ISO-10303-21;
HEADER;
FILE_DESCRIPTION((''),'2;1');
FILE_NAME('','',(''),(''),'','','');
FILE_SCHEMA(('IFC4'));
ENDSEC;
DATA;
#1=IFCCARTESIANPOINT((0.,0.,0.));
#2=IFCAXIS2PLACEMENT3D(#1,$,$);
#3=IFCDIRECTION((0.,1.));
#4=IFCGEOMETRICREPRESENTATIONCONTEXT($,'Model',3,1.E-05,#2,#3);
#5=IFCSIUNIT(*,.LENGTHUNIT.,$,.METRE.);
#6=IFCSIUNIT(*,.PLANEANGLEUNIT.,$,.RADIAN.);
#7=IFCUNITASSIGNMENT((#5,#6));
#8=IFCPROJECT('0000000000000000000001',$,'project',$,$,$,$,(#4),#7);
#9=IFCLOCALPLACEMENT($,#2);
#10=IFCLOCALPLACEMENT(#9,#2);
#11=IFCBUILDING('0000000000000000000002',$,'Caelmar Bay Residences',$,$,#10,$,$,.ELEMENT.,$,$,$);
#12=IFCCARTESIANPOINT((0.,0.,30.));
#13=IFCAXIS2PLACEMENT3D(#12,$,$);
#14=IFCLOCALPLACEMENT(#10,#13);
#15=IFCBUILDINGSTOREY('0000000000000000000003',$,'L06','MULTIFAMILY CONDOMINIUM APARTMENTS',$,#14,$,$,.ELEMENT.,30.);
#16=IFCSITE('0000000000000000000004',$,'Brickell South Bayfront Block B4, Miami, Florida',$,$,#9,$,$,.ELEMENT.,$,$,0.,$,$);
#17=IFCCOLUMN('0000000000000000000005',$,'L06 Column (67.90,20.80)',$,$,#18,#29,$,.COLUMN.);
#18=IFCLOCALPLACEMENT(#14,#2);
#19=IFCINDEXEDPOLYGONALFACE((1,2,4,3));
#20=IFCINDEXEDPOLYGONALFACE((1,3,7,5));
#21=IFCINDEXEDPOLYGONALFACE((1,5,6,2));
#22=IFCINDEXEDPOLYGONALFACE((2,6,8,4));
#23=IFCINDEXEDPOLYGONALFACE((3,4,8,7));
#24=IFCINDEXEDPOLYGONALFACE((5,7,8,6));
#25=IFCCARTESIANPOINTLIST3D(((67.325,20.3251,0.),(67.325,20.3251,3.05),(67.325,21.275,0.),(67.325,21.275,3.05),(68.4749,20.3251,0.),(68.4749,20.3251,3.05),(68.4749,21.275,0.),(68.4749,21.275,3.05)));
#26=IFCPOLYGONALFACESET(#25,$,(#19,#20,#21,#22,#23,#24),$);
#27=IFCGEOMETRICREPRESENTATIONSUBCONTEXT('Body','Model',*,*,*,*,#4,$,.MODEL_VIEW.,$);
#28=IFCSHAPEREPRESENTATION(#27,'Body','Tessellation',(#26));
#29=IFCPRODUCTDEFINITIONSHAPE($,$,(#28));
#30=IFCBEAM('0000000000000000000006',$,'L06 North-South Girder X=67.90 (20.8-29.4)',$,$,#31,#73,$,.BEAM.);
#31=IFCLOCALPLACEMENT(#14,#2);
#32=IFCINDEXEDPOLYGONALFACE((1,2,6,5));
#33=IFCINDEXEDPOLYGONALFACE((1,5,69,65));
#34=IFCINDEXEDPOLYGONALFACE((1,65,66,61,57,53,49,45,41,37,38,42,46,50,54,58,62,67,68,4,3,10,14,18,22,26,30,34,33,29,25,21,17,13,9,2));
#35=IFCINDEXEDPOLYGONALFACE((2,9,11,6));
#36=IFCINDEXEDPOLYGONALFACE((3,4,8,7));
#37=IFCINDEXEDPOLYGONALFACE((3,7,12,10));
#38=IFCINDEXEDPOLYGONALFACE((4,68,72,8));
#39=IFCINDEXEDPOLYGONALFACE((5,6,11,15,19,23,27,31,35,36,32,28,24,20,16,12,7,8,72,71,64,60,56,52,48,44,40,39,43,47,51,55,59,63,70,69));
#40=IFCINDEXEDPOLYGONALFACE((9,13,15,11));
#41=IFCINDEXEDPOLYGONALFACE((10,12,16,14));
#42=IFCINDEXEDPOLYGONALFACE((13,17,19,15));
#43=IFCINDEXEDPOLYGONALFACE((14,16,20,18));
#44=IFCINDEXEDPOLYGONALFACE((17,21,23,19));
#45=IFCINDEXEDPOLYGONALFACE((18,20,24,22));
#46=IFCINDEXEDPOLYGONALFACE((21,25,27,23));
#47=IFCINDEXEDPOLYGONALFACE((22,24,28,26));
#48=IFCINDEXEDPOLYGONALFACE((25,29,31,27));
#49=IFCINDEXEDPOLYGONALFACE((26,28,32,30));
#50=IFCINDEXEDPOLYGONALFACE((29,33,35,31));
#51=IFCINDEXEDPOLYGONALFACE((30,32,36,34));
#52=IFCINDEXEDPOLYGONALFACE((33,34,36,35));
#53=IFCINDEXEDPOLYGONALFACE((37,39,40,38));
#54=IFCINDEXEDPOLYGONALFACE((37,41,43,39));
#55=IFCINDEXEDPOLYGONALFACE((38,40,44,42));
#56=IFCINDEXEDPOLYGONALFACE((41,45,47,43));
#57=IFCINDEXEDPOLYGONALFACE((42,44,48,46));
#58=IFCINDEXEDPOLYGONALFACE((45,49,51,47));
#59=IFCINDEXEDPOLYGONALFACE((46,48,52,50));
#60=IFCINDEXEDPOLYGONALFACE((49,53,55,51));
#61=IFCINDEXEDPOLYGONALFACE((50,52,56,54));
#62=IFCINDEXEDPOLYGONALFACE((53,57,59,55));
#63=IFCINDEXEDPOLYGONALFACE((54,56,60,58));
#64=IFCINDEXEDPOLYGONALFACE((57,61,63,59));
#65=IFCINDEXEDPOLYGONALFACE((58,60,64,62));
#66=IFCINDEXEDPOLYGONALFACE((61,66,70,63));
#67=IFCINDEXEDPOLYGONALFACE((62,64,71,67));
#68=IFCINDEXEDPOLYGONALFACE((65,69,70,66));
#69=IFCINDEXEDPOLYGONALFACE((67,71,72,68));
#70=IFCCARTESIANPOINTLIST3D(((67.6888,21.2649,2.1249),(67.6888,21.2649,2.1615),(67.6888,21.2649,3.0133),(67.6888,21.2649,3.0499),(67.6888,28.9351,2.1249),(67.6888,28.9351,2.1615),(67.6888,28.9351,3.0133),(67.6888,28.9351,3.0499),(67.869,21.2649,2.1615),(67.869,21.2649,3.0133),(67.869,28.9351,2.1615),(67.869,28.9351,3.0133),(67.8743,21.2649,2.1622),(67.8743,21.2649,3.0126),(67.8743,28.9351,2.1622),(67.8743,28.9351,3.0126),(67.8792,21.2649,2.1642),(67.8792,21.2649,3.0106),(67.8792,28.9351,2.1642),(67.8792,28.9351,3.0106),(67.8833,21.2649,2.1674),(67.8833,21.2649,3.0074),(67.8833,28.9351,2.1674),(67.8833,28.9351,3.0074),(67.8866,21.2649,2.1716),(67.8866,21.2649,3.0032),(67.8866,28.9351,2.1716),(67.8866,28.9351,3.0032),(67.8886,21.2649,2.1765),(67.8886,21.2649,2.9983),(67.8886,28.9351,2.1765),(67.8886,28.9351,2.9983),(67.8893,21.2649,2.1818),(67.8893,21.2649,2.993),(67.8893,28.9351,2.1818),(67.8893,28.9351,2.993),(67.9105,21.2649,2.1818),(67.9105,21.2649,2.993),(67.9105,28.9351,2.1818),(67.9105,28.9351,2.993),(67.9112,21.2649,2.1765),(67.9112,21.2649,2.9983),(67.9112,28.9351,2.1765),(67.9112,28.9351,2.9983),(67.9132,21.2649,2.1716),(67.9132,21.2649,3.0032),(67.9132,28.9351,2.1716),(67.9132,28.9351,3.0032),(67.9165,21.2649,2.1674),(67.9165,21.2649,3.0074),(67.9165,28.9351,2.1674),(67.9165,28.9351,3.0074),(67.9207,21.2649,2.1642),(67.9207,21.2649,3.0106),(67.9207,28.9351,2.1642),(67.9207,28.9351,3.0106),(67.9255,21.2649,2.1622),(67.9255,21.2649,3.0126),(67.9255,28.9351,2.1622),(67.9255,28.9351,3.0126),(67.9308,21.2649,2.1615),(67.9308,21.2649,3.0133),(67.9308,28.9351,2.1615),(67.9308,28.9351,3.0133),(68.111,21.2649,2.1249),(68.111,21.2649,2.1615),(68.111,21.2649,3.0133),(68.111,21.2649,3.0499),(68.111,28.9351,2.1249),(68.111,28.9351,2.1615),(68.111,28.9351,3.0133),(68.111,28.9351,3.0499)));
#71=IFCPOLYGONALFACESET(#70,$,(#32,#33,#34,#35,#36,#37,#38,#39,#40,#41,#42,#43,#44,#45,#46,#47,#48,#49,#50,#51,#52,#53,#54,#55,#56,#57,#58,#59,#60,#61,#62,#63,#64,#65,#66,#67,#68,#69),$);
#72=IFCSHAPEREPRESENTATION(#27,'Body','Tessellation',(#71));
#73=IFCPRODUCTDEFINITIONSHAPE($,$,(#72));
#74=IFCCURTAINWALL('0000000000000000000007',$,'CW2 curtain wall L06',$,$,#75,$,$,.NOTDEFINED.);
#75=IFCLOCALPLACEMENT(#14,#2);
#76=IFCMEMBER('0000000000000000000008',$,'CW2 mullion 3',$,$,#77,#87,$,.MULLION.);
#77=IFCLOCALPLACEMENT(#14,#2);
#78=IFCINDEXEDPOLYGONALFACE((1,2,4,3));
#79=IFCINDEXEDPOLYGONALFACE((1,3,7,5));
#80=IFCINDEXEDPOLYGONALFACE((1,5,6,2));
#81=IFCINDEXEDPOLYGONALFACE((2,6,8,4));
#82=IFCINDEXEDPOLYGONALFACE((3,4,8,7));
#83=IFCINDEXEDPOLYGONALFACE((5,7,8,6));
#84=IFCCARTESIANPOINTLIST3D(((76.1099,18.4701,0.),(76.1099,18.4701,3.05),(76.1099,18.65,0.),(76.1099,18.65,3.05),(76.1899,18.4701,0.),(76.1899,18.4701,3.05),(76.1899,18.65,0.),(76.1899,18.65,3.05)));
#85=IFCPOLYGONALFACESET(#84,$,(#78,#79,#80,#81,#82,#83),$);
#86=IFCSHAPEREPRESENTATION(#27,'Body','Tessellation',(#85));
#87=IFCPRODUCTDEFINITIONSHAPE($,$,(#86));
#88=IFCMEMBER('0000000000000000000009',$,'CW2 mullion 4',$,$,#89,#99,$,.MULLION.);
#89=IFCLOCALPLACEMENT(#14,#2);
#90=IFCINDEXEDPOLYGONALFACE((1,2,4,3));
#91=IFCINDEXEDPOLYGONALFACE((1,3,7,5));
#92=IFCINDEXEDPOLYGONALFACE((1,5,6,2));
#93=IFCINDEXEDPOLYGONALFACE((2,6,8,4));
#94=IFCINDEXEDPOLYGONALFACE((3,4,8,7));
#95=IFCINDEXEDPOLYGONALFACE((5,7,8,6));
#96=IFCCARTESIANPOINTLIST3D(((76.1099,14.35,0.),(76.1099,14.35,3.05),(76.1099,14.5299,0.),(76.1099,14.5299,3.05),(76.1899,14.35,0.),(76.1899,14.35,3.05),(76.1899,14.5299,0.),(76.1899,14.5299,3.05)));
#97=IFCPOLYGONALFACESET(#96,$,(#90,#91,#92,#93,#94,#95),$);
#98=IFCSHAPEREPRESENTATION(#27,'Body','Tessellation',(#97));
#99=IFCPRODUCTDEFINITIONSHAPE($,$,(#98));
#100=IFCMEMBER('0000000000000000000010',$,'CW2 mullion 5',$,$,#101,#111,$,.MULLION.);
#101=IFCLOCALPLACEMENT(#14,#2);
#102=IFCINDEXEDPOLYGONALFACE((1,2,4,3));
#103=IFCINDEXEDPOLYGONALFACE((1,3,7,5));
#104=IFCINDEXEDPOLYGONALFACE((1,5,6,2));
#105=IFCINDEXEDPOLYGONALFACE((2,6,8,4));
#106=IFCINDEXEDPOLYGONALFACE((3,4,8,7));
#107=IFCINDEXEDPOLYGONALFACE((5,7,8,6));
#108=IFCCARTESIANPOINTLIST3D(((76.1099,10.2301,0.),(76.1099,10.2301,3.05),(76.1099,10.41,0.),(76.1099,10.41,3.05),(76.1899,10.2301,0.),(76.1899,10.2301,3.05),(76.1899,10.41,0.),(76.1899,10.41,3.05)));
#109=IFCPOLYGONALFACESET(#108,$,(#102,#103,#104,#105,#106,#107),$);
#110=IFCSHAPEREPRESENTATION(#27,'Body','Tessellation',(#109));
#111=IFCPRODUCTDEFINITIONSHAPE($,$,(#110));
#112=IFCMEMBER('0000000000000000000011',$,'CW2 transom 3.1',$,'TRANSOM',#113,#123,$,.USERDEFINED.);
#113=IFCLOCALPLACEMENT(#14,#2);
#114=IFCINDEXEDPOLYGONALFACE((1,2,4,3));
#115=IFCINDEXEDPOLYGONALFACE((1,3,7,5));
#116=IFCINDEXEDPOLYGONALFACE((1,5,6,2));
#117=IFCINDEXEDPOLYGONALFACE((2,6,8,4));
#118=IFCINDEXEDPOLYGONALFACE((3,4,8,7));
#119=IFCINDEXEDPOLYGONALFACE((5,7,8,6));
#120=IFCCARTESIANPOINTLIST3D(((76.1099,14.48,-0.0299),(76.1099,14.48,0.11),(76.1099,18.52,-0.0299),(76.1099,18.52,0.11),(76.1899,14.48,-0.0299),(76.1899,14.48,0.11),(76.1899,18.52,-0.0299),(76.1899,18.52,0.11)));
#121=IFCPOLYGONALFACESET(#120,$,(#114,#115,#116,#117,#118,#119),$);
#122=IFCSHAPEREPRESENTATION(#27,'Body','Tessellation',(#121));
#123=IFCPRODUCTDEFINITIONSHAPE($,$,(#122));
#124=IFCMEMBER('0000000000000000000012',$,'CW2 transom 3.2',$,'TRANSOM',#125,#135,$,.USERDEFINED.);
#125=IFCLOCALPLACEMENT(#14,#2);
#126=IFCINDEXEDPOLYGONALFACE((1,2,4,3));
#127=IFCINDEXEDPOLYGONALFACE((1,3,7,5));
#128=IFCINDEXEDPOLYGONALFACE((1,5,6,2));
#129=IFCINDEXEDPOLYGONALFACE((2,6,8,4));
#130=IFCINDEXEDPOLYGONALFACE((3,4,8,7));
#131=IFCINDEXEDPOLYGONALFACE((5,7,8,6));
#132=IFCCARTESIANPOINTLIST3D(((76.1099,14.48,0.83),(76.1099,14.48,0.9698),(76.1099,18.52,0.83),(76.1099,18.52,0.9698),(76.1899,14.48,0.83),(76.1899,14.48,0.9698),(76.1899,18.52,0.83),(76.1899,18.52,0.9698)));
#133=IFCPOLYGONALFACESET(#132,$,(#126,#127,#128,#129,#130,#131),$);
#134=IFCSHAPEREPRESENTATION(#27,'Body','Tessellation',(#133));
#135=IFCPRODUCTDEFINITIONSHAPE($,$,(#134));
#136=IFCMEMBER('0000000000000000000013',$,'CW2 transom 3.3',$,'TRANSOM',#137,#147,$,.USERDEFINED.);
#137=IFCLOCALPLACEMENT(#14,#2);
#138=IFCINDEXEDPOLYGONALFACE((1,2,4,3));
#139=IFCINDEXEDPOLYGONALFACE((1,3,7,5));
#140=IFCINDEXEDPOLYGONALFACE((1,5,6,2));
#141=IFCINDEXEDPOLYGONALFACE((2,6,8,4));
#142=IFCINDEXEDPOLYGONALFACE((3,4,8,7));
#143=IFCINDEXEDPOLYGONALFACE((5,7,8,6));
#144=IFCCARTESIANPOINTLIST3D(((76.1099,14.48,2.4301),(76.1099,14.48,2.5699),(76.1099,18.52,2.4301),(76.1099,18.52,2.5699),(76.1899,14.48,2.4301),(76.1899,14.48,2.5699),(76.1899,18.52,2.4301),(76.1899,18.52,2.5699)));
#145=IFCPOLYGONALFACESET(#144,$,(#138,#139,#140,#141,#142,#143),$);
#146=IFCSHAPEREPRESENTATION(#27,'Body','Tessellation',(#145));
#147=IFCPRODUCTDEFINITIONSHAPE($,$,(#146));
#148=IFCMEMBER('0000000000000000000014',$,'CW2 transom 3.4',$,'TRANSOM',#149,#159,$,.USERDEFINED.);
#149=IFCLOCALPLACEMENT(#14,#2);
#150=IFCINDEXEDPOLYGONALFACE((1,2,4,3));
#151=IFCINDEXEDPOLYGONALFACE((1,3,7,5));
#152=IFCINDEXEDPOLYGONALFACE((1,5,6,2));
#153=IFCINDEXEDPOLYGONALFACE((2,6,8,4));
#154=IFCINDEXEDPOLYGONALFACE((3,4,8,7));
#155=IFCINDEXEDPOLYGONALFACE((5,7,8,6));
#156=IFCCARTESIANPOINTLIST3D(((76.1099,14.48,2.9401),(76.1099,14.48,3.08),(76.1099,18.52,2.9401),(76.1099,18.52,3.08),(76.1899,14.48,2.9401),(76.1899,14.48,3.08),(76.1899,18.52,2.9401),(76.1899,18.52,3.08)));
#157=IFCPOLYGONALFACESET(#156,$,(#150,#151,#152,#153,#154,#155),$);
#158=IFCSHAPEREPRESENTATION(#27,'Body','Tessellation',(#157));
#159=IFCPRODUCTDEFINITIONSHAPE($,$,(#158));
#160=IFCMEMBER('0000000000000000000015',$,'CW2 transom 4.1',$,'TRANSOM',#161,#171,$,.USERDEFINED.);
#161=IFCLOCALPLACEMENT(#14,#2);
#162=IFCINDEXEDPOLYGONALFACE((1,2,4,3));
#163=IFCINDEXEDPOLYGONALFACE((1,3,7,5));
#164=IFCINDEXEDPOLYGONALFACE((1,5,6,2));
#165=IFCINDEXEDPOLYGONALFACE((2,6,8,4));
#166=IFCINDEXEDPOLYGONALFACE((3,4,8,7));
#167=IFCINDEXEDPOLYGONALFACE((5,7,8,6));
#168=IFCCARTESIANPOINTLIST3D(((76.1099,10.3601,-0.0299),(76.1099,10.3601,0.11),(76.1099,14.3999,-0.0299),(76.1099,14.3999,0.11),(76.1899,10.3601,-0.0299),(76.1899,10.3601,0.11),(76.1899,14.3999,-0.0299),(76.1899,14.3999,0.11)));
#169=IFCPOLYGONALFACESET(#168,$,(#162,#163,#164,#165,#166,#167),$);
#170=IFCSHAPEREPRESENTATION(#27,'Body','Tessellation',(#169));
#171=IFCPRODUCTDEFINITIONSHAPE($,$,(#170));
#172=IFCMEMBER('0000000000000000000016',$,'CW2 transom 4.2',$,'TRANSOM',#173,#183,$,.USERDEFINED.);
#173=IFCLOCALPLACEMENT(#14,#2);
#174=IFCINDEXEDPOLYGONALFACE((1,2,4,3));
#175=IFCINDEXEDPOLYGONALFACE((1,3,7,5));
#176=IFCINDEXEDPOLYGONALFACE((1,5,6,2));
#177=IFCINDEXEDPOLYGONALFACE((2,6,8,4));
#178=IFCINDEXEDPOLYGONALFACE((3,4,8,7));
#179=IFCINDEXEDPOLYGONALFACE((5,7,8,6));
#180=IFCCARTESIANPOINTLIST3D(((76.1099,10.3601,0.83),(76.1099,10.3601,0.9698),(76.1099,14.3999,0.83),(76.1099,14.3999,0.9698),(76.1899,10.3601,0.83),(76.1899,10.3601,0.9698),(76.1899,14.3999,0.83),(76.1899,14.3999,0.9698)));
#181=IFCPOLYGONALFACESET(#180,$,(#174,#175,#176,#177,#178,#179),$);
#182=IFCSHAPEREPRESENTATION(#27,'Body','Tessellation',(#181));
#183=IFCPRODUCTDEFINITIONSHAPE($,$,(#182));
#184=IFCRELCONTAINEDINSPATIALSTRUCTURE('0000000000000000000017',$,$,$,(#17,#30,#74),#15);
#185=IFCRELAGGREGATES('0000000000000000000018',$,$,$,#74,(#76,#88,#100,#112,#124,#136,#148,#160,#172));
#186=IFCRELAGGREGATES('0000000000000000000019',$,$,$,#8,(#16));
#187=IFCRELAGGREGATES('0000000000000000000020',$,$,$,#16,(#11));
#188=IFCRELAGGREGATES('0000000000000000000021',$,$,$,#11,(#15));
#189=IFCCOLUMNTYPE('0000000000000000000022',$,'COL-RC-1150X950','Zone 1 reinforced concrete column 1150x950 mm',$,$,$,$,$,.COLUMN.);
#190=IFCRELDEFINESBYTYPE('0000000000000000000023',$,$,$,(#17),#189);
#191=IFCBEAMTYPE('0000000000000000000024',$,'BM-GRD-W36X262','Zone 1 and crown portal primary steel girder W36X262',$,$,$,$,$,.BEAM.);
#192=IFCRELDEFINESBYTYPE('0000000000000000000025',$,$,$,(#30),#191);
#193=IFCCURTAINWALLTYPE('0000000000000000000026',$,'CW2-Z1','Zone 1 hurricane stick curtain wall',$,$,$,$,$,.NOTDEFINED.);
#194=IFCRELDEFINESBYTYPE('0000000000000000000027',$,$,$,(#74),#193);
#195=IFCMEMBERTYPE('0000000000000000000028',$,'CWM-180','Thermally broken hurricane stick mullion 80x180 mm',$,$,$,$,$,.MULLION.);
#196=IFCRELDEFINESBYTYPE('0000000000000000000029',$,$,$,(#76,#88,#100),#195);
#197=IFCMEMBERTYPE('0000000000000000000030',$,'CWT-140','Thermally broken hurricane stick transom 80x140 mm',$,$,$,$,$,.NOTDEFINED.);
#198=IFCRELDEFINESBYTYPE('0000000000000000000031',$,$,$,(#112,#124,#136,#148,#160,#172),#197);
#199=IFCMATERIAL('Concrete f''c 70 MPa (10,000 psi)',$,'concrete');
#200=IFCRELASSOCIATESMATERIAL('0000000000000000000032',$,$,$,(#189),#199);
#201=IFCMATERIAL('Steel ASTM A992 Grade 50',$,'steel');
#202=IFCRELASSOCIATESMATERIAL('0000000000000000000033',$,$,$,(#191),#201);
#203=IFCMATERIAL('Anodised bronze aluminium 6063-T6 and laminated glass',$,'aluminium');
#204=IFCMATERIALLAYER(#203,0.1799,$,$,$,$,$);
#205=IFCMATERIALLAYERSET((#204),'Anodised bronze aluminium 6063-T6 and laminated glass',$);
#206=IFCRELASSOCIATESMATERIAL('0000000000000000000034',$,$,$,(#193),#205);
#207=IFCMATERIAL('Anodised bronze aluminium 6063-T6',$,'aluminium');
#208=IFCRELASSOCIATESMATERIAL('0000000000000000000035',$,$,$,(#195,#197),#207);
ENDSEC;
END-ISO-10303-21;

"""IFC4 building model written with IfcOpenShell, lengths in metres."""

from ifc_helpers import new_model, si_unit, direction, frame, origin, origin_2d, place, context, subcontext, project, spatial, rectangle, i_section, extrude, material, layer, layer_set, material_profile, profile_set, type_object, element, aggregate, save


model = new_model("IFC4")

# Units and contexts
model_context = context("Model", 3, precision=1e-05, world=origin(), true_north=direction((0.0, 1.0)))
body_context = subcontext(model_context, "Body", "Model", "MODEL_VIEW")
ifc_project = project(units=[si_unit("LENGTHUNIT", "METRE"), si_unit("PLANEANGLEUNIT", "RADIAN")], contexts=[model_context])

# Site, building, storey
site_placement = place(None, origin())
site = spatial("IfcSite", under=ifc_project, at=site_placement, Name="Brickell South Bayfront Block B4, Miami, Florida", CompositionType="ELEMENT", RefElevation=0.0)
building_placement = place(site_placement, origin())
building = spatial("IfcBuilding", under=site, at=building_placement, Name="Caelmar Bay Residences", CompositionType="ELEMENT")
storey_placement = place(building_placement, frame((0.0, 0.0, 30.0)))
storey = spatial("IfcBuildingStorey", under=building, at=storey_placement, Name="L06", Description="MULTIFAMILY CONDOMINIUM APARTMENTS", CompositionType="ELEMENT", Elevation=30.0)

# Column
ifc_material_1 = material(Name="Concrete f'c 70 MPa (10,000 psi)", Category="concrete")
ifc_material_profile_1 = material_profile(ifc_material_1, rectangle(XDim=1.1499, YDim=0.95, at=origin_2d()), Name="RC-COL-1150X950")
ifc_profile_set_1 = profile_set([ifc_material_profile_1], Name="Concrete f'c 70 MPa (10,000 psi)")
column_type = type_object("IfcColumnType", Name="COL-RC-1150X950", Description="Zone 1 reinforced concrete column 1150x950 mm", PredefinedType="COLUMN", material=ifc_profile_set_1)
column_placement = place(storey_placement, frame((67.8999, 20.8, 0.0), z_axis=(0.0, 0.0, 1.0), x_axis=(1.0, 0.0, 0.0)))
element("IfcColumn", 1, at=column_placement, inside=storey, type_object=column_type, Name="L06 Column (67.90,20.80)", PredefinedType="COLUMN", context=body_context, shape_type="SweptSolid", body=[
    extrude(rectangle(XDim=1.1499, YDim=0.95, at=origin_2d()), origin(), (0.0, 0.0, 1.0), 3.05),
])

# Beam
ifc_material_2 = material(Name="Steel ASTM A992 Grade 50", Category="steel")
ifc_material_profile_2 = material_profile(ifc_material_2, i_section(OverallWidth=0.4221, OverallDepth=0.925, WebThickness=0.0212, FlangeThickness=0.0366, FilletRadius=0.0203, at=origin_2d()), Name="W36X262")
ifc_profile_set_2 = profile_set([ifc_material_profile_2], Name="Steel ASTM A992 Grade 50")
beam_type = type_object("IfcBeamType", Name="BM-GRD-W36X262", Description="Zone 1 and crown portal primary steel girder W36X262", PredefinedType="BEAM", material=ifc_profile_set_2)
beam_placement = place(storey_placement, frame((67.8999, 21.2649, 2.5874), z_axis=(0.0, 1.0, 0.0), x_axis=(-1.0, 0.0, 0.0)))
element("IfcBeam", 2, at=beam_placement, inside=storey, type_object=beam_type, Name="L06 North-South Girder X=67.90 (20.8-29.4)", PredefinedType="BEAM", context=body_context, shape_type="SweptSolid", body=[
    extrude(i_section(OverallWidth=0.4221, OverallDepth=0.925, WebThickness=0.0212, FlangeThickness=0.0366, FilletRadius=0.0203, at=origin_2d()), origin(), (0.0, 0.0, 1.0), 7.6702),
])

# Curtain wall, members
ifc_material_3 = material(Name="Anodised bronze aluminium 6063-T6 and laminated glass", Category="aluminium")
ifc_layer_1 = layer(ifc_material_3, 0.1799)
ifc_layer_set_1 = layer_set([ifc_layer_1], Name="Anodised bronze aluminium 6063-T6 and laminated glass")
curtain_wall_type = type_object("IfcCurtainWallType", Name="CW2-Z1", Description="Zone 1 hurricane stick curtain wall", PredefinedType="NOTDEFINED", material=ifc_layer_set_1)
curtain_wall_placement = place(storey_placement, origin())
curtain_wall = element("IfcCurtainWall", 3, at=curtain_wall_placement, inside=storey, type_object=curtain_wall_type, Name="CW2 curtain wall L06", PredefinedType="NOTDEFINED")
ifc_material_4 = material(Name="Anodised bronze aluminium 6063-T6", Category="aluminium")
ifc_material_profile_3 = material_profile(ifc_material_4, rectangle(XDim=0.0801, YDim=0.1799, at=origin_2d()), Name="CWM-80X180")
ifc_profile_set_3 = profile_set([ifc_material_profile_3], Name="Anodised bronze aluminium 6063-T6")
member_type_1 = type_object("IfcMemberType", Name="CWM-180", Description="Thermally broken hurricane stick mullion 80x180 mm", PredefinedType="MULLION", material=ifc_profile_set_3)
member_1_placement = place(storey_placement, frame((76.1499, 18.5601, 0.0), z_axis=(0.0, 0.0, 1.0), x_axis=(1.0, 0.0, 0.0)))
member_1 = element("IfcMember", 4, at=member_1_placement, type_object=member_type_1, Name="CW2 mullion 3", PredefinedType="MULLION", context=body_context, shape_type="SweptSolid", body=[
    extrude(rectangle(XDim=0.0801, YDim=0.1799, at=origin_2d()), origin(), (0.0, 0.0, 1.0), 3.05),
])
member_2_placement = place(storey_placement, frame((76.1499, 14.4399, 0.0), z_axis=(0.0, 0.0, 1.0), x_axis=(1.0, 0.0, 0.0)))
member_2 = element("IfcMember", 5, at=member_2_placement, type_object=member_type_1, Name="CW2 mullion 4", PredefinedType="MULLION", context=body_context, shape_type="SweptSolid", body=[
    extrude(rectangle(XDim=0.0801, YDim=0.1799, at=origin_2d()), origin(), (0.0, 0.0, 1.0), 3.05),
])
member_3_placement = place(storey_placement, frame((76.1499, 10.3201, 0.0), z_axis=(0.0, 0.0, 1.0), x_axis=(1.0, 0.0, 0.0)))
member_3 = element("IfcMember", 6, at=member_3_placement, type_object=member_type_1, Name="CW2 mullion 5", PredefinedType="MULLION", context=body_context, shape_type="SweptSolid", body=[
    extrude(rectangle(XDim=0.0801, YDim=0.1799, at=origin_2d()), origin(), (0.0, 0.0, 1.0), 3.05),
])
ifc_material_profile_4 = material_profile(ifc_material_4, rectangle(XDim=0.0801, YDim=0.1399, at=origin_2d()), Name="CWT-80X140")
ifc_profile_set_4 = profile_set([ifc_material_profile_4], Name="Anodised bronze aluminium 6063-T6")
member_type_2 = type_object("IfcMemberType", Name="CWT-140", Description="Thermally broken hurricane stick transom 80x140 mm", PredefinedType="NOTDEFINED", material=ifc_profile_set_4)
member_4_placement = place(storey_placement, frame((76.1499, 18.52, 0.04), z_axis=(0.0, -1.0, 0.0), x_axis=(1.0, 0.0, 0.0)))
member_4 = element("IfcMember", 7, at=member_4_placement, type_object=member_type_2, Name="CW2 transom 3.1", ObjectType="TRANSOM", PredefinedType="USERDEFINED", context=body_context, shape_type="SweptSolid", body=[
    extrude(rectangle(XDim=0.0801, YDim=0.1399, at=origin_2d()), origin(), (0.0, 0.0, 1.0), 4.04),
])
member_5_placement = place(storey_placement, frame((76.1499, 18.52, 0.8999), z_axis=(0.0, -1.0, 0.0), x_axis=(1.0, 0.0, 0.0)))
member_5 = element("IfcMember", 8, at=member_5_placement, type_object=member_type_2, Name="CW2 transom 3.2", ObjectType="TRANSOM", PredefinedType="USERDEFINED", context=body_context, shape_type="SweptSolid", body=[
    extrude(rectangle(XDim=0.0801, YDim=0.1399, at=origin_2d()), origin(), (0.0, 0.0, 1.0), 4.04),
])
member_6_placement = place(storey_placement, frame((76.1499, 18.52, 2.5), z_axis=(0.0, -1.0, 0.0), x_axis=(1.0, 0.0, 0.0)))
member_6 = element("IfcMember", 9, at=member_6_placement, type_object=member_type_2, Name="CW2 transom 3.3", ObjectType="TRANSOM", PredefinedType="USERDEFINED", context=body_context, shape_type="SweptSolid", body=[
    extrude(rectangle(XDim=0.0801, YDim=0.1399, at=origin_2d()), origin(), (0.0, 0.0, 1.0), 4.04),
])
member_7_placement = place(storey_placement, frame((76.1499, 18.52, 3.01), z_axis=(0.0, -1.0, 0.0), x_axis=(1.0, 0.0, 0.0)))
member_7 = element("IfcMember", 10, at=member_7_placement, type_object=member_type_2, Name="CW2 transom 3.4", ObjectType="TRANSOM", PredefinedType="USERDEFINED", context=body_context, shape_type="SweptSolid", body=[
    extrude(rectangle(XDim=0.0801, YDim=0.1399, at=origin_2d()), origin(), (0.0, 0.0, 1.0), 4.04),
])
member_8_placement = place(storey_placement, frame((76.1499, 14.3999, 0.04), z_axis=(0.0, -1.0, 0.0), x_axis=(1.0, 0.0, 0.0)))
member_8 = element("IfcMember", 11, at=member_8_placement, type_object=member_type_2, Name="CW2 transom 4.1", ObjectType="TRANSOM", PredefinedType="USERDEFINED", context=body_context, shape_type="SweptSolid", body=[
    extrude(rectangle(XDim=0.0801, YDim=0.1399, at=origin_2d()), origin(), (0.0, 0.0, 1.0), 4.0398),
])
member_9_placement = place(storey_placement, frame((76.1499, 14.3999, 0.8999), z_axis=(0.0, -1.0, 0.0), x_axis=(1.0, 0.0, 0.0)))
member_9 = element("IfcMember", 12, at=member_9_placement, type_object=member_type_2, Name="CW2 transom 4.2", ObjectType="TRANSOM", PredefinedType="USERDEFINED", context=body_context, shape_type="SweptSolid", body=[
    extrude(rectangle(XDim=0.0801, YDim=0.1399, at=origin_2d()), origin(), (0.0, 0.0, 1.0), 4.0398),
])
aggregate(curtain_wall, [member_1, member_2, member_3, member_4, member_5, member_6, member_7, member_8, member_9])

save(model, "model.ifc")
